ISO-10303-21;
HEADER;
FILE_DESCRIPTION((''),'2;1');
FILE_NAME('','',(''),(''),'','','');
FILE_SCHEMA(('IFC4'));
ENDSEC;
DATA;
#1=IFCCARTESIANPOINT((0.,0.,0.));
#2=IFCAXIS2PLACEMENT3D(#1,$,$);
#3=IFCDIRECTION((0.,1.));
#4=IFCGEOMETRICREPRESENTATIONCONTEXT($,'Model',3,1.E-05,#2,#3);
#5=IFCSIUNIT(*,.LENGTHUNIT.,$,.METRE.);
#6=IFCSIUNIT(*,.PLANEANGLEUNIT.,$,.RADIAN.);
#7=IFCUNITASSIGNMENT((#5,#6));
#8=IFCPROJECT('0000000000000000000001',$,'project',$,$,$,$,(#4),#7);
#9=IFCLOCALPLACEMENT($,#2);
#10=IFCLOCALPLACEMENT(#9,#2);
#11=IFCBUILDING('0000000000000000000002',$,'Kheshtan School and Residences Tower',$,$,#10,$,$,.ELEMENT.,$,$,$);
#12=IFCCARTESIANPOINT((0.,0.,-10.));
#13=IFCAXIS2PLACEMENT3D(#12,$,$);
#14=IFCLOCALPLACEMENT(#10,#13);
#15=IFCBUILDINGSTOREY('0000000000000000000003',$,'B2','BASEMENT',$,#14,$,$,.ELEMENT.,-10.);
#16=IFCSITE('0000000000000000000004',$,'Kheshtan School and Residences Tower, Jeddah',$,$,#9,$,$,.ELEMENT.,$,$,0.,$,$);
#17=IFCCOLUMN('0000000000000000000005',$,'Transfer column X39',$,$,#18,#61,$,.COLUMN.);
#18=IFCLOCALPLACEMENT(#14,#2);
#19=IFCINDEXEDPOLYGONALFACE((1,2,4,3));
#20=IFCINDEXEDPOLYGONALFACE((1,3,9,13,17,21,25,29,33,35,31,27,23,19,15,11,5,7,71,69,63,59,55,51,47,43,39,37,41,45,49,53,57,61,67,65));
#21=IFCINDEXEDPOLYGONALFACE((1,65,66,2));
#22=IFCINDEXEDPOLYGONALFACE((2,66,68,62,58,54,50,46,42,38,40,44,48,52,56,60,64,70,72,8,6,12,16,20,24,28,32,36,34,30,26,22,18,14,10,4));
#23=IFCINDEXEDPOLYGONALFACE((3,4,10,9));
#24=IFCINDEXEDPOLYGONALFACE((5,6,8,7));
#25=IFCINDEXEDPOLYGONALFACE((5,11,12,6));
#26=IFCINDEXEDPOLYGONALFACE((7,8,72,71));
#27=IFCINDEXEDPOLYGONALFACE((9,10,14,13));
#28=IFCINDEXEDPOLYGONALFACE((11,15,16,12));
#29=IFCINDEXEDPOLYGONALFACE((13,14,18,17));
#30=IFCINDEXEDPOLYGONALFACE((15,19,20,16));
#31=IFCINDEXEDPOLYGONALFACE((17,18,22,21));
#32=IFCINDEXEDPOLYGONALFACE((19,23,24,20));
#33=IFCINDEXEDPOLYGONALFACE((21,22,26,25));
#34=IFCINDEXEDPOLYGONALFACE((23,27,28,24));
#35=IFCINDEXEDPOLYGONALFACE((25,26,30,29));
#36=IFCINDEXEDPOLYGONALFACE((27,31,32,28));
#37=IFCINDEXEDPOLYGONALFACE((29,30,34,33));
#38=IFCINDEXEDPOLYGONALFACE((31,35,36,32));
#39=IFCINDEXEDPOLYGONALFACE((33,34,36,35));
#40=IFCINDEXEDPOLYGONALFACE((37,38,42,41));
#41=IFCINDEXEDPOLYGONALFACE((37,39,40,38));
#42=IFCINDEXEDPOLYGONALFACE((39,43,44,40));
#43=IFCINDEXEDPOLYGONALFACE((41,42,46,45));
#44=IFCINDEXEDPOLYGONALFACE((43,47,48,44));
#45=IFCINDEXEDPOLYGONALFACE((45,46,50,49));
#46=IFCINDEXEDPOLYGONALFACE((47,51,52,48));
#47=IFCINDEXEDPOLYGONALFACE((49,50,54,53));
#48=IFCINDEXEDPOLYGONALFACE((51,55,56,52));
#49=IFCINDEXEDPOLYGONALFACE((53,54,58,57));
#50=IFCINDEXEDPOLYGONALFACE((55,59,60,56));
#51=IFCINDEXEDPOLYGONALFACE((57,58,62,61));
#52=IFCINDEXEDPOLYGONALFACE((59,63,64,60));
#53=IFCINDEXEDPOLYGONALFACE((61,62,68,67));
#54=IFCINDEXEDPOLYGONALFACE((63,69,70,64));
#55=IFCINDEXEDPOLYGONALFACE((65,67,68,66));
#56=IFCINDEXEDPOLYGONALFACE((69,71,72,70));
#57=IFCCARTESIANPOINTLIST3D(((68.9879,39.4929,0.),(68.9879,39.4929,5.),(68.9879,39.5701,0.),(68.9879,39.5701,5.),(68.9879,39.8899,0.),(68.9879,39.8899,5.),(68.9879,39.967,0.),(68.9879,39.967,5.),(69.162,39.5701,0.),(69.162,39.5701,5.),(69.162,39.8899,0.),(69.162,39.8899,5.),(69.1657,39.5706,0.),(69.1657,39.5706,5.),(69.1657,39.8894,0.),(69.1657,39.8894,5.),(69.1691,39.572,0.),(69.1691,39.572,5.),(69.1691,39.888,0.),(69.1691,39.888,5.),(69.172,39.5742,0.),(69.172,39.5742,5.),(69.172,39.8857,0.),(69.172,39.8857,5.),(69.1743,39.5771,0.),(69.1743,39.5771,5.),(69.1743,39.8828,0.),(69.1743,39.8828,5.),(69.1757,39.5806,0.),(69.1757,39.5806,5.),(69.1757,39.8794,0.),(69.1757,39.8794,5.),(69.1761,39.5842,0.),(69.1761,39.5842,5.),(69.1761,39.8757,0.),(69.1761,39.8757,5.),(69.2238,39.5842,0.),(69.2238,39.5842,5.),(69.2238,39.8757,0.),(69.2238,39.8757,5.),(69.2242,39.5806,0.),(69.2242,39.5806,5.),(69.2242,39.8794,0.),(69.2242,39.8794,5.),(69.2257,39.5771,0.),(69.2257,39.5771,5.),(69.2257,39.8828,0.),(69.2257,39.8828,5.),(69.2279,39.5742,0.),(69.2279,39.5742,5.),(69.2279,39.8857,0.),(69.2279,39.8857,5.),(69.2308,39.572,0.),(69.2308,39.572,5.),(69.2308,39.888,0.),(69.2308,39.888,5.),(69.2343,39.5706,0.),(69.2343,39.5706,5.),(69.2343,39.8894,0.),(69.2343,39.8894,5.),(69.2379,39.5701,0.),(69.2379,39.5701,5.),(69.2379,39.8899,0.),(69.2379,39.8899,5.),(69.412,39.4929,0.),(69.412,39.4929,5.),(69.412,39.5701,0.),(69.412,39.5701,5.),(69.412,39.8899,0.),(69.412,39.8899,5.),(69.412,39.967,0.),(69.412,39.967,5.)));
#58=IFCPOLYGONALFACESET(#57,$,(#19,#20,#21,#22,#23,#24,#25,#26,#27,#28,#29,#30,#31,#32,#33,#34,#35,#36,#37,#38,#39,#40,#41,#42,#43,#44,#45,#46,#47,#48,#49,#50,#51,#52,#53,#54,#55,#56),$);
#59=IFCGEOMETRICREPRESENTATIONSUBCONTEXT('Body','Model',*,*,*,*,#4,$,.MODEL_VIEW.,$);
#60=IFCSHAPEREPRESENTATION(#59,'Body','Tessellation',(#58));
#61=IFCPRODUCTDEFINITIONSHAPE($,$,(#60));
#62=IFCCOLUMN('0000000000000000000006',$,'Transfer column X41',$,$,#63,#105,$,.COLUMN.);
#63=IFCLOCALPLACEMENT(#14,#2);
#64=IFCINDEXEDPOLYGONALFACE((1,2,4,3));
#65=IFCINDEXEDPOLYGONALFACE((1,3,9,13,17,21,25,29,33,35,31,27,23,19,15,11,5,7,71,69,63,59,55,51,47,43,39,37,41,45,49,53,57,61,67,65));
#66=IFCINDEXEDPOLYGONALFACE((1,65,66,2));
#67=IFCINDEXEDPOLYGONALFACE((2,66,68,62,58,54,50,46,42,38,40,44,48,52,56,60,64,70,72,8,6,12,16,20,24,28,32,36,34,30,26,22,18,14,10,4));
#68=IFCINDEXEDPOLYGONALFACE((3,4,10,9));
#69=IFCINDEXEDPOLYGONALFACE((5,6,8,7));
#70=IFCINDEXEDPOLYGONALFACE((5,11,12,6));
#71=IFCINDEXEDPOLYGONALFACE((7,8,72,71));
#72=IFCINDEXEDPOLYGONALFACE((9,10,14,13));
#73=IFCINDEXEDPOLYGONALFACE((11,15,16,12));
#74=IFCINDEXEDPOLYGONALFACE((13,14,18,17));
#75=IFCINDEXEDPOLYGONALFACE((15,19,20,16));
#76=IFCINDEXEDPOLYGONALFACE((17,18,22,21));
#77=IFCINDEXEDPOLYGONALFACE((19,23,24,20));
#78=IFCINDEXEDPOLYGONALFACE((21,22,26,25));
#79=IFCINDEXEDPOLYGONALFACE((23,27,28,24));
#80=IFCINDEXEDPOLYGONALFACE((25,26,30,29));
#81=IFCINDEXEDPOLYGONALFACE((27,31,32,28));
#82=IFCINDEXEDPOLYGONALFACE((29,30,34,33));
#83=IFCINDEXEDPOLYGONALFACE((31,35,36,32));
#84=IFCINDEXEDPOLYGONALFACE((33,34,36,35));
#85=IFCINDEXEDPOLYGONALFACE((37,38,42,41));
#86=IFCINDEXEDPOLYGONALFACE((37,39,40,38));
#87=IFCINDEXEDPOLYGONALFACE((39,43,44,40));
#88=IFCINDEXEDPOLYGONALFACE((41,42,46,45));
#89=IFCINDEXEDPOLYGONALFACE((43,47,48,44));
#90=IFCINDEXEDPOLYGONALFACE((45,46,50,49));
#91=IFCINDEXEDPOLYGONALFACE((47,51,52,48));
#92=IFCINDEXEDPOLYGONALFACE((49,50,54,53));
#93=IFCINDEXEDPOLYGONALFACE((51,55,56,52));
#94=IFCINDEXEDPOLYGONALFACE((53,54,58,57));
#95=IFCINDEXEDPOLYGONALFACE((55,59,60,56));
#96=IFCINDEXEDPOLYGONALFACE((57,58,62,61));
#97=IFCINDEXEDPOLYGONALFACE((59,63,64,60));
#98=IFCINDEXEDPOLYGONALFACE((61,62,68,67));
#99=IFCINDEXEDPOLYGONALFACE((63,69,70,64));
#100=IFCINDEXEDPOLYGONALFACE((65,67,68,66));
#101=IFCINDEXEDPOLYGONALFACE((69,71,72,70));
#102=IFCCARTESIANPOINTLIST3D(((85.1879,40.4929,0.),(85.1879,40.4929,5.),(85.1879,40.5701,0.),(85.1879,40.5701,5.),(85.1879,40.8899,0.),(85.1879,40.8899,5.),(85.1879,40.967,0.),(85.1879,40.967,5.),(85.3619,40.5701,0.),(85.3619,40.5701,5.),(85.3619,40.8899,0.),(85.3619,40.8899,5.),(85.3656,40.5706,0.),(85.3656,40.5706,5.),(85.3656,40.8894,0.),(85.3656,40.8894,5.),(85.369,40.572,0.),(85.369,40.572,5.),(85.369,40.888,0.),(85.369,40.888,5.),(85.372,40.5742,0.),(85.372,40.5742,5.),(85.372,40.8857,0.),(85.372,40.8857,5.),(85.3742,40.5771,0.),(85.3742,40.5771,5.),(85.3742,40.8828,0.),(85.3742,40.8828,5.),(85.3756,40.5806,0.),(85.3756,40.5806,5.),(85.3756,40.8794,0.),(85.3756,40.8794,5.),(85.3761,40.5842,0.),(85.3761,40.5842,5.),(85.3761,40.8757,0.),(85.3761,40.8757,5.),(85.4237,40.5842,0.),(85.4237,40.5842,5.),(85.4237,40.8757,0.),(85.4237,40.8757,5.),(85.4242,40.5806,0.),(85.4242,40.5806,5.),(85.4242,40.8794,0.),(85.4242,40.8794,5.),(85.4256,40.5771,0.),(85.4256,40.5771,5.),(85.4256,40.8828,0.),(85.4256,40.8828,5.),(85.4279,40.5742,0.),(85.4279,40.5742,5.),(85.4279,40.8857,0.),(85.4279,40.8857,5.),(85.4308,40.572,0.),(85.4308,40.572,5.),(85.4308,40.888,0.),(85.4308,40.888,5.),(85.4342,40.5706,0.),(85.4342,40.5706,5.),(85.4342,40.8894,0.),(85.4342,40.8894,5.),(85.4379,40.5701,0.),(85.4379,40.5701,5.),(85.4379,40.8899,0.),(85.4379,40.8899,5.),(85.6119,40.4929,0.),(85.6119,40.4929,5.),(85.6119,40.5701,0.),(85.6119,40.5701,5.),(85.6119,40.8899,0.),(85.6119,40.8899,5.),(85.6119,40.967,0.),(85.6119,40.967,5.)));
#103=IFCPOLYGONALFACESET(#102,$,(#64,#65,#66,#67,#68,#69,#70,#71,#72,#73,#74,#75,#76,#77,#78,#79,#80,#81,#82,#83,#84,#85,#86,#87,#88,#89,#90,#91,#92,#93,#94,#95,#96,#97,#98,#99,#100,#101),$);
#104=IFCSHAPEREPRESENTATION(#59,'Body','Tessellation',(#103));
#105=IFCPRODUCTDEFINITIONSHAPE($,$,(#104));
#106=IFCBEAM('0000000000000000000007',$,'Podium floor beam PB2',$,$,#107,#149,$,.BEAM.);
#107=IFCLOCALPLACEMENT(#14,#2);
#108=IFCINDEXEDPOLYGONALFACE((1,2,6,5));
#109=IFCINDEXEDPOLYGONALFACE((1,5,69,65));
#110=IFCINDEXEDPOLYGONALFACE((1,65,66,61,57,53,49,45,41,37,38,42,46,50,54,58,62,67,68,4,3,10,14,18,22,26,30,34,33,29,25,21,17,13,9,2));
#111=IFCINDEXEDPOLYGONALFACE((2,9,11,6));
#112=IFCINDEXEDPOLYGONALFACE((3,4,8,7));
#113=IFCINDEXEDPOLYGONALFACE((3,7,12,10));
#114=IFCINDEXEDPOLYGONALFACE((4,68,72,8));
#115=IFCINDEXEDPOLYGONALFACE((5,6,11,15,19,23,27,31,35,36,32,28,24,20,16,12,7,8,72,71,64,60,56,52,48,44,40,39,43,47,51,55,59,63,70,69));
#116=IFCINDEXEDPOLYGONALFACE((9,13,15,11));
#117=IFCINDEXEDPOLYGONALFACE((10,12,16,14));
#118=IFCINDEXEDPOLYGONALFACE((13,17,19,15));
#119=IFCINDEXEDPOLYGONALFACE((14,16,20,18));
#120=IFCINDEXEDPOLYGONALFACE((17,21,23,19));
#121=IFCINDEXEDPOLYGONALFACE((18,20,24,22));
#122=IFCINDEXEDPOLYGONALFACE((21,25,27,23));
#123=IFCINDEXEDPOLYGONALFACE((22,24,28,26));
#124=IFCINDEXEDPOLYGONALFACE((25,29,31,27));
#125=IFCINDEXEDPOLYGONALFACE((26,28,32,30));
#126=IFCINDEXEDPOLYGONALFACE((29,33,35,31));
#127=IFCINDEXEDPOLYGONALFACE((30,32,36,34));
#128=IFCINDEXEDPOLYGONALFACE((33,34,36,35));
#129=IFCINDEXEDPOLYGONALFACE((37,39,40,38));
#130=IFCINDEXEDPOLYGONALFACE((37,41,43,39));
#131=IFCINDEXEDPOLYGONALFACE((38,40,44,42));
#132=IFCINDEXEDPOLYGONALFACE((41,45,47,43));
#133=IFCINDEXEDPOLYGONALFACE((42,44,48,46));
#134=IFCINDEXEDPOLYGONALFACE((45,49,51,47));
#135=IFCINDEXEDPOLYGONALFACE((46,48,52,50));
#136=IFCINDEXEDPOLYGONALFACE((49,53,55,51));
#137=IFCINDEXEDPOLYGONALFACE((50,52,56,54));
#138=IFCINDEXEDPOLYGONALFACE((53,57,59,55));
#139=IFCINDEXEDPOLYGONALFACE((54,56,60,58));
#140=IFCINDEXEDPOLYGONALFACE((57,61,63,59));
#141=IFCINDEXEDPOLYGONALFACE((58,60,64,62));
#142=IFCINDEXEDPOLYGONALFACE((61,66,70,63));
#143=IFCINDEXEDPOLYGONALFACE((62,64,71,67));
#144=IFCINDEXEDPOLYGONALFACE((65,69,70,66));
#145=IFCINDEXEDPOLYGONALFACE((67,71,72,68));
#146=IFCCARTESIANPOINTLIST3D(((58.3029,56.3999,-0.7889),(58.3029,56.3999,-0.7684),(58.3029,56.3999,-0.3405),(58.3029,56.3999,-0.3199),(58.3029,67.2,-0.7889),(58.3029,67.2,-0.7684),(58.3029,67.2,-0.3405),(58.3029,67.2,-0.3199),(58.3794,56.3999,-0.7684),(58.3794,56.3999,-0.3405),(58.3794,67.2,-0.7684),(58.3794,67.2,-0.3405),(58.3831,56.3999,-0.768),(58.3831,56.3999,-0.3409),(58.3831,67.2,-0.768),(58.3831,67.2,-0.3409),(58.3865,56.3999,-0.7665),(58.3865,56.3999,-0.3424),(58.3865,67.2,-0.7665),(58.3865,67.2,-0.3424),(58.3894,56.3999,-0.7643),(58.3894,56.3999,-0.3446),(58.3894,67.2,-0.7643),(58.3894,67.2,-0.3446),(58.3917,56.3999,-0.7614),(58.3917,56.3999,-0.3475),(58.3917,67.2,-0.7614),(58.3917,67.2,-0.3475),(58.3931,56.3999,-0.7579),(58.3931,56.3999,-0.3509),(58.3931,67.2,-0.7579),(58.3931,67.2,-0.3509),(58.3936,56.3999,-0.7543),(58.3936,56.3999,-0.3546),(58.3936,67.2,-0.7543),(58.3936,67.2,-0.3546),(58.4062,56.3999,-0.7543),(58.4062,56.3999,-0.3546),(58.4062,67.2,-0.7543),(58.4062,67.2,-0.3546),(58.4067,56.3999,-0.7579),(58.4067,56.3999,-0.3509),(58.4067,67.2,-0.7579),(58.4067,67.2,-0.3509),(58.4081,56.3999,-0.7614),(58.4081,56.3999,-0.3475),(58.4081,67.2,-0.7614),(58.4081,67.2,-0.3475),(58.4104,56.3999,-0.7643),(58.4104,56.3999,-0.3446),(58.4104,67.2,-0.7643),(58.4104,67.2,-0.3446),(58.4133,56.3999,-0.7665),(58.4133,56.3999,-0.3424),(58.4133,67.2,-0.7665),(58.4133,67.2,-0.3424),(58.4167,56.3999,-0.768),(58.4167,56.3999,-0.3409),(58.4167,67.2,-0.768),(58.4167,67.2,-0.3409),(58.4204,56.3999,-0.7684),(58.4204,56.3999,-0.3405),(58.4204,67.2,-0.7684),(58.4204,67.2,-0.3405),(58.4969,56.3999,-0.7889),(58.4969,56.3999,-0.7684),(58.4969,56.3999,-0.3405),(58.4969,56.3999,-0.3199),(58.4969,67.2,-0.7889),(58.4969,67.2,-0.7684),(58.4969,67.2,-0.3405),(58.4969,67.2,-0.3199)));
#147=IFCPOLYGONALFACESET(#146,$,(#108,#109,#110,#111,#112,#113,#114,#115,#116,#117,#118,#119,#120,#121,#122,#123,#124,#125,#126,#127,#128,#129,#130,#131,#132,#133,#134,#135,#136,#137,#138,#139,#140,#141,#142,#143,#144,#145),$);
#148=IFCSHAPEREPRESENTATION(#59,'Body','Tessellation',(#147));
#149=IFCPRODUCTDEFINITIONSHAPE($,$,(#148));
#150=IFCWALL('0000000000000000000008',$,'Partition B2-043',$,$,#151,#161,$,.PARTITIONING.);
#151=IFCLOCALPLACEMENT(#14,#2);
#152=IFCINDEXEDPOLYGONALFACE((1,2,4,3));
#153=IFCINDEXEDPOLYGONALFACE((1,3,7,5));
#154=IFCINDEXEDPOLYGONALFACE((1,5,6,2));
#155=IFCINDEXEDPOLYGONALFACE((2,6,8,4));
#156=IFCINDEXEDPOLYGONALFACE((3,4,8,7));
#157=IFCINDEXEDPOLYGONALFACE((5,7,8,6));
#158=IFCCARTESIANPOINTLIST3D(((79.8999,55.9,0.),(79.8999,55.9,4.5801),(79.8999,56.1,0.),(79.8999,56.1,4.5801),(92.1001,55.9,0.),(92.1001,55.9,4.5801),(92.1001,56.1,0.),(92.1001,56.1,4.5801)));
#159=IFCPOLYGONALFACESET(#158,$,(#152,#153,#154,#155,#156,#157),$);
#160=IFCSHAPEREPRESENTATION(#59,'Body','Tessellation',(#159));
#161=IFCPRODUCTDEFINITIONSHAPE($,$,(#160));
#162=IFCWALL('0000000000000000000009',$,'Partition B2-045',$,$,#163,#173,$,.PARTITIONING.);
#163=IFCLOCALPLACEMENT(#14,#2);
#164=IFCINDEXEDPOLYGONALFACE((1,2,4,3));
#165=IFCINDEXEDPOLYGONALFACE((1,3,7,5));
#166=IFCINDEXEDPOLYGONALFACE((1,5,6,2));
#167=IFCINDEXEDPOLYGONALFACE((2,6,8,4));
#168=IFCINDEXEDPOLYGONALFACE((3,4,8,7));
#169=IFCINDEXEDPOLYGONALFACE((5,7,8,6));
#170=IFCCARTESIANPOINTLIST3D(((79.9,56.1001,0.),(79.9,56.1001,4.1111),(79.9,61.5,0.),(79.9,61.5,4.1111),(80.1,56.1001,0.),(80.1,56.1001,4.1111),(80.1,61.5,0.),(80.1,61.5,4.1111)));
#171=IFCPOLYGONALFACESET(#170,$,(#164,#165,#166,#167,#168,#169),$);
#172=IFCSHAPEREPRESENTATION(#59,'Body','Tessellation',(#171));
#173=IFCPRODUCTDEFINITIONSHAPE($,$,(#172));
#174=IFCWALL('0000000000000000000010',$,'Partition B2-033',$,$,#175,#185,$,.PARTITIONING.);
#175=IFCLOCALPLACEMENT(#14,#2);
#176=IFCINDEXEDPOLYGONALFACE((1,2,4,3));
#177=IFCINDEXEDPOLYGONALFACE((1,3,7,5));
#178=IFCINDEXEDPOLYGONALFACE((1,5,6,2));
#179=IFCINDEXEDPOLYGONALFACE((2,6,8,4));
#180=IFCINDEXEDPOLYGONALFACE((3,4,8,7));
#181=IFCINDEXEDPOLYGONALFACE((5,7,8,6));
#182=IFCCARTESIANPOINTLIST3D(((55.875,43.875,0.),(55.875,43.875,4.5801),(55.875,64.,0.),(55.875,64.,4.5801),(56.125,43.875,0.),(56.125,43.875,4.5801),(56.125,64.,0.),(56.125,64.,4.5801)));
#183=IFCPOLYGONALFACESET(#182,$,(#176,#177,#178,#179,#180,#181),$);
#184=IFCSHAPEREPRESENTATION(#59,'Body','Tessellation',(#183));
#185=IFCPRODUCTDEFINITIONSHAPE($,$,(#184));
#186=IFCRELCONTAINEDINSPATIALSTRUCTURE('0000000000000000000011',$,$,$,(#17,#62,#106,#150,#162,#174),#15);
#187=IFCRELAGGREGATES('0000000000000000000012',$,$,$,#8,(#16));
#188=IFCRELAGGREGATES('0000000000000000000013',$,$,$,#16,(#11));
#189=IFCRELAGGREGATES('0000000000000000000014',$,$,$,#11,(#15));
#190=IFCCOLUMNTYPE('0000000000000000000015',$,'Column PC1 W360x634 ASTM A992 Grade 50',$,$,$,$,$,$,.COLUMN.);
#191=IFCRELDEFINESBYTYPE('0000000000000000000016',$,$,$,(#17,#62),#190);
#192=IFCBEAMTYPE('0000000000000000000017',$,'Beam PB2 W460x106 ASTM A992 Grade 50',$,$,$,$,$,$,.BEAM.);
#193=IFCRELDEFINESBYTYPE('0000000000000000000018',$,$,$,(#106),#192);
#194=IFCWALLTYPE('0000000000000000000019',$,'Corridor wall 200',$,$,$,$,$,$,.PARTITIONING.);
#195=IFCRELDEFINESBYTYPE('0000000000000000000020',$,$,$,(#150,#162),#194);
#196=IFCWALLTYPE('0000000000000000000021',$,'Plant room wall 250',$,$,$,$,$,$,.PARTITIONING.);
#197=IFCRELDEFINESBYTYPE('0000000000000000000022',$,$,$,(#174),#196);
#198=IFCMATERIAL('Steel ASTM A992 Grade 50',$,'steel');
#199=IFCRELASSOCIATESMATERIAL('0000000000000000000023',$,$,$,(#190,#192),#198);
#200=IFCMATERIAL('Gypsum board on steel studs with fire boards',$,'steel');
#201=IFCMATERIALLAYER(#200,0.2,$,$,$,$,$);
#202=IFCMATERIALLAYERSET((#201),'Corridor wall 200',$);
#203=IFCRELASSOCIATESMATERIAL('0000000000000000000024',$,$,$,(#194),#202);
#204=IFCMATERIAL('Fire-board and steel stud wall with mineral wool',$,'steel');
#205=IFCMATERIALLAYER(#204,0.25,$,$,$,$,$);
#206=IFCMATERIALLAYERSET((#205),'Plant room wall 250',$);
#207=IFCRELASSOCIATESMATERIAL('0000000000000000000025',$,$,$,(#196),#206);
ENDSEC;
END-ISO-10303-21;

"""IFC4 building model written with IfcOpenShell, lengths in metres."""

from ifc_helpers import new_model, si_unit, direction, frame, frame_2d, origin, origin_2d, place, context, subcontext, project, spatial, rectangle, i_section, extrude, material, layer, layer_set, material_profile, profile_set, type_object, element, save


model = new_model("IFC4")

# Units and contexts
model_context = context("Model", 3, precision=1e-05, world=origin(), true_north=direction((0.0, 1.0)))
body_context = subcontext(model_context, "Body", "Model", "MODEL_VIEW")
ifc_project = project(units=[si_unit("LENGTHUNIT", "METRE"), si_unit("PLANEANGLEUNIT", "RADIAN")], contexts=[model_context])

# Site, building, storey
site_placement = place(None, origin())
site = spatial("IfcSite", under=ifc_project, at=site_placement, Name="Kheshtan School and Residences Tower, Jeddah", CompositionType="ELEMENT", RefElevation=0.0)
building_placement = place(site_placement, origin())
building = spatial("IfcBuilding", under=site, at=building_placement, Name="Kheshtan School and Residences Tower", CompositionType="ELEMENT")
storey_placement = place(building_placement, frame((0.0, 0.0, -10.0)))
storey = spatial("IfcBuildingStorey", under=building, at=storey_placement, Name="B2", Description="BASEMENT", CompositionType="ELEMENT", Elevation=-10.0)

# Columns
ifc_material_1 = material(Name="Steel ASTM A992 Grade 50", Category="steel")
ifc_material_profile_1 = material_profile(ifc_material_1, i_section(OverallWidth=0.4241, OverallDepth=0.4741, WebThickness=0.0476, FlangeThickness=0.0771, FilletRadius=0.0142, at=origin_2d()), Name="W360x634")
ifc_profile_set_1 = profile_set([ifc_material_profile_1], Name="Steel ASTM A992 Grade 50")
column_type = type_object("IfcColumnType", Name="Column PC1 W360x634 ASTM A992 Grade 50", PredefinedType="COLUMN", material=ifc_profile_set_1)
for number, where, z_axis, x_axis, name in (
    (1, (69.2, 39.73, 0.0), (0.0, 0.0, 1.0), (1.0, 0.0, 0.0), "Transfer column X39"),
    (2, (85.3999, 40.73, 0.0), (0.0, 0.0, 1.0), (1.0, 0.0, 0.0), "Transfer column X41"),
):
    element("IfcColumn", number, at=place(storey_placement, frame(where, z_axis=z_axis, x_axis=x_axis)), inside=storey, type_object=column_type, Name=name, PredefinedType="COLUMN", context=body_context, shape_type="SweptSolid", body=[
        extrude(i_section(OverallWidth=0.4241, OverallDepth=0.4741, WebThickness=0.0476, FlangeThickness=0.0771, FilletRadius=0.0142, at=origin_2d()), origin(), (0.0, 0.0, 1.0), 5.0),
    ])

# Beam
ifc_material_profile_2 = material_profile(ifc_material_1, i_section(OverallWidth=0.1941, OverallDepth=0.469, WebThickness=0.0127, FlangeThickness=0.0205, FilletRadius=0.0142, at=origin_2d()), Name="W460x106")
ifc_profile_set_2 = profile_set([ifc_material_profile_2], Name="Steel ASTM A992 Grade 50")
beam_type = type_object("IfcBeamType", Name="Beam PB2 W460x106 ASTM A992 Grade 50", PredefinedType="BEAM", material=ifc_profile_set_2)
beam_placement = place(storey_placement, frame((58.3999, 56.3999, -0.5544), z_axis=(0.0, 1.0, 0.0), x_axis=(-1.0, 0.0, 0.0)))
element("IfcBeam", 3, at=beam_placement, inside=storey, type_object=beam_type, Name="Podium floor beam PB2", PredefinedType="BEAM", context=body_context, shape_type="SweptSolid", body=[
    extrude(i_section(OverallWidth=0.1941, OverallDepth=0.469, WebThickness=0.0127, FlangeThickness=0.0205, FilletRadius=0.0142, at=origin_2d()), origin(), (0.0, 0.0, 1.0), 10.8),
])

# Walls
ifc_material_2 = material(Name="Gypsum board on steel studs with fire boards", Category="steel")
ifc_layer_1 = layer(ifc_material_2, 0.2)
ifc_layer_set_1 = layer_set([ifc_layer_1], Name="Corridor wall 200")
wall_type_1 = type_object("IfcWallType", Name="Corridor wall 200", PredefinedType="PARTITIONING", material=ifc_layer_set_1)
wall_1_placement = place(storey_placement, frame((79.8999, 56.0, 0.0), z_axis=(0.0, 0.0, 1.0), x_axis=(1.0, 0.0, 0.0)))
element("IfcWall", 4, at=wall_1_placement, inside=storey, type_object=wall_type_1, Name="Partition B2-043", PredefinedType="PARTITIONING", context=body_context, shape_type="SweptSolid", body=[
    extrude(rectangle(XDim=12.2002, YDim=0.2, at=frame_2d((6.1001, 0.0))), origin(), (0.0, 0.0, 1.0), 4.5801),
])
wall_2_placement = place(storey_placement, frame((80.0, 56.1001, 0.0), z_axis=(0.0, 0.0, 1.0), x_axis=(0.0, 1.0, 0.0)))
element("IfcWall", 5, at=wall_2_placement, inside=storey, type_object=wall_type_1, Name="Partition B2-045", PredefinedType="PARTITIONING", context=body_context, shape_type="SweptSolid", body=[
    extrude(rectangle(XDim=5.3999, YDim=0.2, at=frame_2d((2.7, 0.0))), origin(), (0.0, 0.0, 1.0), 4.1111),
])
ifc_material_3 = material(Name="Fire-board and steel stud wall with mineral wool", Category="steel")
ifc_layer_2 = layer(ifc_material_3, 0.25)
ifc_layer_set_2 = layer_set([ifc_layer_2], Name="Plant room wall 250")
wall_type_2 = type_object("IfcWallType", Name="Plant room wall 250", PredefinedType="PARTITIONING", material=ifc_layer_set_2)
wall_3_placement = place(storey_placement, frame((56.0, 43.875, 0.0), z_axis=(0.0, 0.0, 1.0), x_axis=(0.0, 1.0, 0.0)))
element("IfcWall", 6, at=wall_3_placement, inside=storey, type_object=wall_type_2, Name="Partition B2-033", PredefinedType="PARTITIONING", context=body_context, shape_type="SweptSolid", body=[
    extrude(rectangle(XDim=20.125, YDim=0.25, at=frame_2d((10.0625, 0.0))), origin(), (0.0, 0.0, 1.0), 4.5801),
])

save(model, "model.ifc")
